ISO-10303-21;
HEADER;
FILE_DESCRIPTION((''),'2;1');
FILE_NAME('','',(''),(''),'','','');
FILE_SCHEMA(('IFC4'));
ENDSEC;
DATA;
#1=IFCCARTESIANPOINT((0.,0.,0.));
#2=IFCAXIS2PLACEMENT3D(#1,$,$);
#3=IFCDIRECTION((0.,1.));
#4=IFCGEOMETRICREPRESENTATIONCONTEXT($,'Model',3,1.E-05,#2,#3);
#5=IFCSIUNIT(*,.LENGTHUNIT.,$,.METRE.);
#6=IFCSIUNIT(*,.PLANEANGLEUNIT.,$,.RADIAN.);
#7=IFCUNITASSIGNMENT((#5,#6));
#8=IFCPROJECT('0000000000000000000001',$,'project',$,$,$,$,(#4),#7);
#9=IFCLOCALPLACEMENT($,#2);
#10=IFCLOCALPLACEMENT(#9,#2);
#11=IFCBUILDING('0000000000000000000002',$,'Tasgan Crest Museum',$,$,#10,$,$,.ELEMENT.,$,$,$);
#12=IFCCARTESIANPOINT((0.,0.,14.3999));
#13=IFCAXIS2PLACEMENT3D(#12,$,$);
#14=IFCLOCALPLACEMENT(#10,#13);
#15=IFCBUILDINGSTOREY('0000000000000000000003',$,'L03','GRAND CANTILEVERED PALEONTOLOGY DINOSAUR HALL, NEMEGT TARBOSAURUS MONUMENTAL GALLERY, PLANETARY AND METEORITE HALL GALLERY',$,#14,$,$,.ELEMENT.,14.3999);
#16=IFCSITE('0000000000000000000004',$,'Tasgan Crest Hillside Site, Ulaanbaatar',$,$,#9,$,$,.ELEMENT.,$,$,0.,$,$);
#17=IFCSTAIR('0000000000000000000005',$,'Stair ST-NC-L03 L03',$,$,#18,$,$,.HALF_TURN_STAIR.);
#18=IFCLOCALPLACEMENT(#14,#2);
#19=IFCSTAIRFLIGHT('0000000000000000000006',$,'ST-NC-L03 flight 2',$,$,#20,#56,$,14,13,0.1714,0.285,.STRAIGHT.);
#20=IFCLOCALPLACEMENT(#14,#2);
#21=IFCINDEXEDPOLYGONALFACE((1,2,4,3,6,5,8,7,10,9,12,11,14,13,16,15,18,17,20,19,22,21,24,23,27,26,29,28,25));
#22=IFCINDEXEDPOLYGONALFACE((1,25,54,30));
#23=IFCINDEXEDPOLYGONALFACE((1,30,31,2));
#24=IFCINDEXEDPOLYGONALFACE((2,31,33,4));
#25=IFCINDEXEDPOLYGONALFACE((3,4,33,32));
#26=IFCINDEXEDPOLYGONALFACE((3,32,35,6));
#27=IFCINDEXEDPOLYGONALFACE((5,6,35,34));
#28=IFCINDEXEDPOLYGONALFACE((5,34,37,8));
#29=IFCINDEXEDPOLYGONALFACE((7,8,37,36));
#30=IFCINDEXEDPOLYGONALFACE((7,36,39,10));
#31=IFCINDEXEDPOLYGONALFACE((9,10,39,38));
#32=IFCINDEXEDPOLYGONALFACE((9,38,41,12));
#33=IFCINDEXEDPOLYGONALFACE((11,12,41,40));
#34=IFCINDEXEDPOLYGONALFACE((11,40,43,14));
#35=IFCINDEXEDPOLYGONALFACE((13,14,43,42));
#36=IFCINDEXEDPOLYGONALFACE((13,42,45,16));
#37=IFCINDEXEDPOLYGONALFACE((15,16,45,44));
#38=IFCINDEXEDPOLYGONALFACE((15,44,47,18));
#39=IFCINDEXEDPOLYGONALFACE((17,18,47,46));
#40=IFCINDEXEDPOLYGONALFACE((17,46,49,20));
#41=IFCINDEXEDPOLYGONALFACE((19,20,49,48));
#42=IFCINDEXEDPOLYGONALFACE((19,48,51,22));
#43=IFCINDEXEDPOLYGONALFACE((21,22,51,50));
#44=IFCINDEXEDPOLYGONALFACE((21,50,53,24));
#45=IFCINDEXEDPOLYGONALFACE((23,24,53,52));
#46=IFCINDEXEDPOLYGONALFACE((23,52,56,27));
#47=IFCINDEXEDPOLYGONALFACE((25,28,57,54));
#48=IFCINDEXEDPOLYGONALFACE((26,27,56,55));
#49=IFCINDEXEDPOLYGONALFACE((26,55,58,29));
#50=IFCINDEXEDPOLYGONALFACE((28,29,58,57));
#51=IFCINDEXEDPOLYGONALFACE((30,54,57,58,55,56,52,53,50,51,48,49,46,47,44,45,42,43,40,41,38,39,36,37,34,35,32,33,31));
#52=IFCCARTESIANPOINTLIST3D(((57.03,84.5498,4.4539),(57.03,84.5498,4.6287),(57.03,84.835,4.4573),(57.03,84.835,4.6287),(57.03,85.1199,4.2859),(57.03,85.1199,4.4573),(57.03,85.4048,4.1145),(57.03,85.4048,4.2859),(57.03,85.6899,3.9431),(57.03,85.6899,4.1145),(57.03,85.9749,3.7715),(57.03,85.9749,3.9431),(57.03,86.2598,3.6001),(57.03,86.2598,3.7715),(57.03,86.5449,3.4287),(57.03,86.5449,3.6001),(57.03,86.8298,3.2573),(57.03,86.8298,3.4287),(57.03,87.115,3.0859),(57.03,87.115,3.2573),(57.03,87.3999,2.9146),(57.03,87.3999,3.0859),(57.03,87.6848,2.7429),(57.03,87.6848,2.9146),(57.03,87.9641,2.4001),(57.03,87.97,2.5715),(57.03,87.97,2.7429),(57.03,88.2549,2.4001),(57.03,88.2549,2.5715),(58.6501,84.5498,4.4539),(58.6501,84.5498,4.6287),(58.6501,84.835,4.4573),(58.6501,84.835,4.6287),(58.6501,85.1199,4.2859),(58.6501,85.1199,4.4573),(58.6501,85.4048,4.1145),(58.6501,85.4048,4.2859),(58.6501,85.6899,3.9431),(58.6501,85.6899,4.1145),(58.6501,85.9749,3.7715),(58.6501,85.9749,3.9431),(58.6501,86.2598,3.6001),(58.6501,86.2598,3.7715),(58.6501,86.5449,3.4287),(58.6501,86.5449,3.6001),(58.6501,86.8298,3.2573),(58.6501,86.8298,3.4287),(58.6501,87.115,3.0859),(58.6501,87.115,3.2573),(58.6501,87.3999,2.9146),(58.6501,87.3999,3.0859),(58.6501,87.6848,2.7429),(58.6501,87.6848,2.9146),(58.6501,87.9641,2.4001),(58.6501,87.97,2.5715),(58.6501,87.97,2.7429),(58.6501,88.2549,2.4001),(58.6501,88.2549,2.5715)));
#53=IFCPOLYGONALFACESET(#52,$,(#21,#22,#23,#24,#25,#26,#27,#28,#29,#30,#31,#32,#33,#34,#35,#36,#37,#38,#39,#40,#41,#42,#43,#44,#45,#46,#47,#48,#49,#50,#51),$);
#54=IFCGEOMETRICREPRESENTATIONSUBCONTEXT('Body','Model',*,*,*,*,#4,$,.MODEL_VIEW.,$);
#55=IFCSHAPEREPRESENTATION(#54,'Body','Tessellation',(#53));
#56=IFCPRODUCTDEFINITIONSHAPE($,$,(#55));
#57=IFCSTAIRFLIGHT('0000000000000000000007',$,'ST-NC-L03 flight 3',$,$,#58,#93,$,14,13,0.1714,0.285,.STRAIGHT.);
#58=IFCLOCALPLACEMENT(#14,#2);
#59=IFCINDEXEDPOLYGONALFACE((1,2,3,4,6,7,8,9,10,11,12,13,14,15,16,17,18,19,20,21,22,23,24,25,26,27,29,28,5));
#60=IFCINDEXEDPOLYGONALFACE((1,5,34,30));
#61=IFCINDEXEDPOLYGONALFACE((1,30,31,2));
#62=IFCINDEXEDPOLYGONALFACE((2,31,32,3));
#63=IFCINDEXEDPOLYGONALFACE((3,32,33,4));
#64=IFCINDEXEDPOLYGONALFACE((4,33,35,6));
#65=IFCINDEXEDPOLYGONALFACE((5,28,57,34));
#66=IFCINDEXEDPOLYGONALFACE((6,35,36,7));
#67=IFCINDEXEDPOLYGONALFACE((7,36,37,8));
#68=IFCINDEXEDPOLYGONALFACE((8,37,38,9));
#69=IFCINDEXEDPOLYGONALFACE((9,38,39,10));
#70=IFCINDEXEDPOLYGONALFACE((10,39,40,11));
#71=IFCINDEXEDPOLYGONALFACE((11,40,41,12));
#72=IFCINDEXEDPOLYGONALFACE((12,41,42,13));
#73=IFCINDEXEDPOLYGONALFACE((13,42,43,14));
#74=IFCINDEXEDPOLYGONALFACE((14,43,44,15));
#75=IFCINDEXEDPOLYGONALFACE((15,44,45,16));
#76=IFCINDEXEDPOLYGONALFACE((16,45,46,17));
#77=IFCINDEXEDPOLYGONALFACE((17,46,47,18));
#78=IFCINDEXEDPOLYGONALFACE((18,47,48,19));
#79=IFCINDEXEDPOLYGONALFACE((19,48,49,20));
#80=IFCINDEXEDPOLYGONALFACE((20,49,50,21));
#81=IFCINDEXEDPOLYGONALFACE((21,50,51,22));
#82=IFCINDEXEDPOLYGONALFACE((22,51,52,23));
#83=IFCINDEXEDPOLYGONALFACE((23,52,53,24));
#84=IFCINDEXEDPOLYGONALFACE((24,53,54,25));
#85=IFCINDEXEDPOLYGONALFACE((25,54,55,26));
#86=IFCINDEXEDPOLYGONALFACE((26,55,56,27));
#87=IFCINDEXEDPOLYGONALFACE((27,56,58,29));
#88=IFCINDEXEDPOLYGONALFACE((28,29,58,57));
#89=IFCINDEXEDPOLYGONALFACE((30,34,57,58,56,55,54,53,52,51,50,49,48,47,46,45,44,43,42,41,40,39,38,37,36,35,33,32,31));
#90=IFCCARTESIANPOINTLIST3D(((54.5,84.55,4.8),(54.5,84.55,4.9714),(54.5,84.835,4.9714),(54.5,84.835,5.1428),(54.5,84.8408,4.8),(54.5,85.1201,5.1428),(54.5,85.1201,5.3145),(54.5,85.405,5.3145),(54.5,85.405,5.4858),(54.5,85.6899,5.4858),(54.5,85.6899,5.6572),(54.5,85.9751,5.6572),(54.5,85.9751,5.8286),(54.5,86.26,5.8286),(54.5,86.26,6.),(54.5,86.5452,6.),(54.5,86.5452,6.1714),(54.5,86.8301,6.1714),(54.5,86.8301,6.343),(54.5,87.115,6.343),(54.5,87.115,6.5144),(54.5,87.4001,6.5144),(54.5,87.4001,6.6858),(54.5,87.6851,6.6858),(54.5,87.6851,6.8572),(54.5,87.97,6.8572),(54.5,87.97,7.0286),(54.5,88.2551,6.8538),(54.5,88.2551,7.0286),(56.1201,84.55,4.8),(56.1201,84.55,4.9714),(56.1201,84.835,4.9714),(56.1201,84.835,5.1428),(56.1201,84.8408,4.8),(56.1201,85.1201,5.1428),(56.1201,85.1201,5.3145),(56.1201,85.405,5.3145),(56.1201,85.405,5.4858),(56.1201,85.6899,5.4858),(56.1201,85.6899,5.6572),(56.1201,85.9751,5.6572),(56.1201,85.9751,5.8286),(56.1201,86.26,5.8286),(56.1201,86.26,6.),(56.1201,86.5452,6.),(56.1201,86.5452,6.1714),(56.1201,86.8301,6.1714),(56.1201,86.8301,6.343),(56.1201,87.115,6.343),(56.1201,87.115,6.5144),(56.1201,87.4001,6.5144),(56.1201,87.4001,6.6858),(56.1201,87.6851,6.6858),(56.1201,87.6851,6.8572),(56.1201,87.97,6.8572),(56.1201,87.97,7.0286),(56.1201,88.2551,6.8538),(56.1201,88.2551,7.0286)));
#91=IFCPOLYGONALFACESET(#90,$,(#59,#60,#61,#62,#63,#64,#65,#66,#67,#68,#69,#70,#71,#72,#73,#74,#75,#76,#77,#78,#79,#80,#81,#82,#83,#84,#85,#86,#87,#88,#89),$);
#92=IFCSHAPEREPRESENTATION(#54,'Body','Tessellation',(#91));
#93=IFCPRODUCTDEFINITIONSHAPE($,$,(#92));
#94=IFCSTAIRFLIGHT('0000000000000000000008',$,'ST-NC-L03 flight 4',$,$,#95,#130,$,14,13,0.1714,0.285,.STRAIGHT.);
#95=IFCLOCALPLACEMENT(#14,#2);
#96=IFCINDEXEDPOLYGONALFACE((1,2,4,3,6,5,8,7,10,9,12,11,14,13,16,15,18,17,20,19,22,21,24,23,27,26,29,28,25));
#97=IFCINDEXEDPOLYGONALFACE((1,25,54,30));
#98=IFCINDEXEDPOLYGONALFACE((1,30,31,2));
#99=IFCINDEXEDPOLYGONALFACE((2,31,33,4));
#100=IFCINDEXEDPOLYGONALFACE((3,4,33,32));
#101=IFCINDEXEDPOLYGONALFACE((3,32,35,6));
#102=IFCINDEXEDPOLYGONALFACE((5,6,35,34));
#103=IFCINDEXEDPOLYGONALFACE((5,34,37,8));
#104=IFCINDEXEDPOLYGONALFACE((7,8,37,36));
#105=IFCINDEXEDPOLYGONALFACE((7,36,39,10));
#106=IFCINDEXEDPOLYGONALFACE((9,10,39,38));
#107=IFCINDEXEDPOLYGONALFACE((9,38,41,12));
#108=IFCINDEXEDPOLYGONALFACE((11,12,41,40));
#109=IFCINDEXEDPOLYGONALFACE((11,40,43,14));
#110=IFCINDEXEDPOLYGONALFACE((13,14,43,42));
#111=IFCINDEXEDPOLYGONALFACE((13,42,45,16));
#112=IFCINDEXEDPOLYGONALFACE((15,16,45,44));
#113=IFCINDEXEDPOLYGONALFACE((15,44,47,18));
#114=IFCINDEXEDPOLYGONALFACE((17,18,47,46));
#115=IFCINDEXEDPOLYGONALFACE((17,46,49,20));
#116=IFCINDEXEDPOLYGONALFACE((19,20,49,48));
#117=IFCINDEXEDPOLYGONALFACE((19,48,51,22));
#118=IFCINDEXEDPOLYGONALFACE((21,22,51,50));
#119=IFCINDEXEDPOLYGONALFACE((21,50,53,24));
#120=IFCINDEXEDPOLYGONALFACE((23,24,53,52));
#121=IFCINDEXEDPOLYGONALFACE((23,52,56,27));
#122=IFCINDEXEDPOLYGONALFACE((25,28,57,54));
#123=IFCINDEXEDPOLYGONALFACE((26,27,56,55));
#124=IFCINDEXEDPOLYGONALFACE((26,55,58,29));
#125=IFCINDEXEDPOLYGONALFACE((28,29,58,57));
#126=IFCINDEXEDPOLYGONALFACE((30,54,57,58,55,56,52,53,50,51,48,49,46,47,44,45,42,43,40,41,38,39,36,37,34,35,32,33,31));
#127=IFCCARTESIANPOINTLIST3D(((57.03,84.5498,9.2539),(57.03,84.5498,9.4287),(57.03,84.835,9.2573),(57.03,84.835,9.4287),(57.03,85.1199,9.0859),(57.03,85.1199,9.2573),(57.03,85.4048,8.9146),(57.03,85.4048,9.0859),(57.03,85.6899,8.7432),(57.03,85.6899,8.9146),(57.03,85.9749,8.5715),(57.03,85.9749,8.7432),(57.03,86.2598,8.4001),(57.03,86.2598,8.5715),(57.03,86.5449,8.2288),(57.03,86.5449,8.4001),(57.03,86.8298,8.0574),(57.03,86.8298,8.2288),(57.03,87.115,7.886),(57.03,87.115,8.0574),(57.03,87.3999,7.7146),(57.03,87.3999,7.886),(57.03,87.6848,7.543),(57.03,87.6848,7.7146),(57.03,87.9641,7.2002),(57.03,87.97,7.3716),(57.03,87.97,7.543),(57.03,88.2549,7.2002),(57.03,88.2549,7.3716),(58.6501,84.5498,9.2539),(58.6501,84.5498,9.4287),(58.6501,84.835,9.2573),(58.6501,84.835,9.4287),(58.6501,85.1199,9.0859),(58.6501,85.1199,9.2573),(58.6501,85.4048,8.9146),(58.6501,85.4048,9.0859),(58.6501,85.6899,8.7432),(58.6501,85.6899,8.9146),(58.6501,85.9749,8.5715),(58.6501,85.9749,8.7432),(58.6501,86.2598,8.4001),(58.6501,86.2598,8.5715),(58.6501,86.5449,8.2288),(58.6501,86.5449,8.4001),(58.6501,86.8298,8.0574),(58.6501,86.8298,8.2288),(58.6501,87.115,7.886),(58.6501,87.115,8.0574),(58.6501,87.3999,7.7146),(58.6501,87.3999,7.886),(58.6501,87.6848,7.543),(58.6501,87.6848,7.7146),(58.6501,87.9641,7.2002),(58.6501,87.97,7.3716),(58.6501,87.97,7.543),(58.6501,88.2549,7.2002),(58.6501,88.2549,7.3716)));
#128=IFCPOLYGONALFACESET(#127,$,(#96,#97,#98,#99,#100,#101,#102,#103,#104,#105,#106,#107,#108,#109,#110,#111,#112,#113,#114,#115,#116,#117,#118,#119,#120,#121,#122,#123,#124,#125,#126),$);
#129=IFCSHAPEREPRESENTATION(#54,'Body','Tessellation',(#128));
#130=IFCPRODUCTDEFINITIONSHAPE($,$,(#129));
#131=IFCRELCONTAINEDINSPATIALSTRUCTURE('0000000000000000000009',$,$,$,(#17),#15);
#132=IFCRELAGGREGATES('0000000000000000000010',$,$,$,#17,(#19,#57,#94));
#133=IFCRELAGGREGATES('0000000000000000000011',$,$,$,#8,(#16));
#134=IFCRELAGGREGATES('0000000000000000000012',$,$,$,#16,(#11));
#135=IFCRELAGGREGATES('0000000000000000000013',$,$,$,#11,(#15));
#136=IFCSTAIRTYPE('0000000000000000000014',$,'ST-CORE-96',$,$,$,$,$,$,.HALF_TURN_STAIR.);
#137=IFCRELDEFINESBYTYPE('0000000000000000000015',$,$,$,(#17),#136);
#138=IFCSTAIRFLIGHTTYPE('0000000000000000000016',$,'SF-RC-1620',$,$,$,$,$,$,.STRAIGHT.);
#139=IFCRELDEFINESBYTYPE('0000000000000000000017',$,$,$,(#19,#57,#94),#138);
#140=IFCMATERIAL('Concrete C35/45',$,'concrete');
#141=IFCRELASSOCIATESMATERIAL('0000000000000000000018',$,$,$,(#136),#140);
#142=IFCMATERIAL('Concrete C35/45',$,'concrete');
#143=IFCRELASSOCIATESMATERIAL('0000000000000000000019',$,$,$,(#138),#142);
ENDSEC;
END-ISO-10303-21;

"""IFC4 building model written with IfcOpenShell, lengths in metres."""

from ifc_helpers import new_model, si_unit, direction, frame, origin, place, context, subcontext, project, spatial, polyline, outline, extrude, material, type_object, element, aggregate, save


model = new_model("IFC4")

# Units and contexts
model_context = context("Model", 3, precision=1e-05, world=origin(), true_north=direction((0.0, 1.0)))
body_context = subcontext(model_context, "Body", "Model", "MODEL_VIEW")
ifc_project = project(units=[si_unit("LENGTHUNIT", "METRE"), si_unit("PLANEANGLEUNIT", "RADIAN")], contexts=[model_context])

# Site, building, storey
site_placement = place(None, origin())
site = spatial("IfcSite", under=ifc_project, at=site_placement, Name="Tasgan Crest Hillside Site, Ulaanbaatar", CompositionType="ELEMENT", RefElevation=0.0)
building_placement = place(site_placement, origin())
building = spatial("IfcBuilding", under=site, at=building_placement, Name="Tasgan Crest Museum", CompositionType="ELEMENT")
storey_placement = place(building_placement, frame((0.0, 0.0, 14.3999)))
storey = spatial("IfcBuildingStorey", under=building, at=storey_placement, Name="L03", Description="GRAND CANTILEVERED PALEONTOLOGY DINOSAUR HALL, NEMEGT TARBOSAURUS MONUMENTAL GALLERY, PLANETARY AND METEORITE HALL GALLERY", CompositionType="ELEMENT", Elevation=14.3999)

# Stair, stair flights
ifc_material_1 = material(Name="Concrete C35/45", Category="concrete")
stair_type = type_object("IfcStairType", Name="ST-CORE-96", PredefinedType="HALF_TURN_STAIR", material=ifc_material_1)
stair_placement = place(storey_placement, origin())
stair = element("IfcStair", 1, at=stair_placement, inside=storey, type_object=stair_type, Name="Stair ST-NC-L03 L03", PredefinedType="HALF_TURN_STAIR")
ifc_material_2 = material(Name="Concrete C35/45", Category="concrete")
stair_flight_type = type_object("IfcStairFlightType", Name="SF-RC-1620", PredefinedType="STRAIGHT", material=ifc_material_2)
stair_flight_1_placement = place(storey_placement, frame((57.8401, 88.2549, 2.4001), z_axis=(0.0, 0.0, 1.0), x_axis=(0.0, -1.0, 0.0)))
stair_flight_1 = element("IfcStairFlight", 2, at=stair_flight_1_placement, type_object=stair_flight_type, Name="ST-NC-L03 flight 2", NumberOfRisers=14, NumberOfTreads=13, PredefinedType="STRAIGHT", RiserHeight=0.1714, TreadLength=0.285, context=body_context, shape_type="SweptSolid", body=[
    extrude(outline(polyline([(0.0, 0.0), (0.0, 0.1714), (0.2849, 0.1714), (0.2849, 0.3428), (0.5701, 0.3428), (0.5701, 0.5144), (0.855, 0.5144), (0.855, 0.6858), (1.1399, 0.6858), (1.1399, 0.8572), (1.425, 0.8572), (1.425, 1.0286), (1.71, 1.0286), (1.71, 1.2), (1.9951, 1.2), (1.9951, 1.3713), (2.28, 1.3713), (2.28, 1.543), (2.5649, 1.543), (2.5649, 1.7144), (2.8501, 1.7144), (2.8501, 1.8857), (3.135, 1.8857), (3.135, 2.0571), (3.4199, 2.0571), (3.4199, 2.2285), (3.7051, 2.2285), (3.7051, 2.3999), (3.7051, 2.0537), (0.2908, 0.0), (0.0, 0.0)])), frame((0.0, 0.8101, 0.0), z_axis=(0.0, -1.0, 0.0), x_axis=(1.0, 0.0, 0.0)), (0.0, 0.0, 1.0), 1.6201),
])
stair_flight_2_placement = place(storey_placement, frame((55.3101, 84.55, 4.8), z_axis=(0.0, 0.0, 1.0), x_axis=(0.0, 1.0, 0.0)))
stair_flight_2 = element("IfcStairFlight", 3, at=stair_flight_2_placement, type_object=stair_flight_type, Name="ST-NC-L03 flight 3", NumberOfRisers=14, NumberOfTreads=13, PredefinedType="STRAIGHT", RiserHeight=0.1714, TreadLength=0.285, context=body_context, shape_type="SweptSolid", body=[
    extrude(outline(polyline([(0.0, 0.0), (0.0, 0.1714), (0.2849, 0.1714), (0.2849, 0.3428), (0.5701, 0.3428), (0.5701, 0.5144), (0.855, 0.5144), (0.855, 0.6858), (1.1399, 0.6858), (1.1399, 0.8572), (1.425, 0.8572), (1.425, 1.0286), (1.71, 1.0286), (1.71, 1.2), (1.9951, 1.2), (1.9951, 1.3713), (2.28, 1.3713), (2.28, 1.543), (2.5649, 1.543), (2.5649, 1.7144), (2.8501, 1.7144), (2.8501, 1.8857), (3.135, 1.8857), (3.135, 2.0571), (3.4199, 2.0571), (3.4199, 2.2285), (3.7051, 2.2285), (3.7051, 2.3999), (3.7051, 2.0537), (0.2908, 0.0), (0.0, 0.0)])), frame((0.0, 0.8101, 0.0), z_axis=(0.0, -1.0, 0.0), x_axis=(1.0, 0.0, 0.0)), (0.0, 0.0, 1.0), 1.6201),
])
stair_flight_3_placement = place(storey_placement, frame((57.8401, 88.2549, 7.2002), z_axis=(0.0, 0.0, 1.0), x_axis=(0.0, -1.0, 0.0)))
stair_flight_3 = element("IfcStairFlight", 4, at=stair_flight_3_placement, type_object=stair_flight_type, Name="ST-NC-L03 flight 4", NumberOfRisers=14, NumberOfTreads=13, PredefinedType="STRAIGHT", RiserHeight=0.1714, TreadLength=0.285, context=body_context, shape_type="SweptSolid", body=[
    extrude(outline(polyline([(0.0, 0.0), (0.0, 0.1714), (0.2849, 0.1714), (0.2849, 0.3428), (0.5701, 0.3428), (0.5701, 0.5144), (0.855, 0.5144), (0.855, 0.6858), (1.1399, 0.6858), (1.1399, 0.8572), (1.425, 0.8572), (1.425, 1.0286), (1.71, 1.0286), (1.71, 1.2), (1.9951, 1.2), (1.9951, 1.3713), (2.28, 1.3713), (2.28, 1.543), (2.5649, 1.543), (2.5649, 1.7144), (2.8501, 1.7144), (2.8501, 1.8857), (3.135, 1.8857), (3.135, 2.0571), (3.4199, 2.0571), (3.4199, 2.2285), (3.7051, 2.2285), (3.7051, 2.3999), (3.7051, 2.0537), (0.2908, 0.0), (0.0, 0.0)])), frame((0.0, 0.8101, 0.0), z_axis=(0.0, -1.0, 0.0), x_axis=(1.0, 0.0, 0.0)), (0.0, 0.0, 1.0), 1.6201),
])
aggregate(stair, [stair_flight_1, stair_flight_2, stair_flight_3])

save(model, "model.ifc")
